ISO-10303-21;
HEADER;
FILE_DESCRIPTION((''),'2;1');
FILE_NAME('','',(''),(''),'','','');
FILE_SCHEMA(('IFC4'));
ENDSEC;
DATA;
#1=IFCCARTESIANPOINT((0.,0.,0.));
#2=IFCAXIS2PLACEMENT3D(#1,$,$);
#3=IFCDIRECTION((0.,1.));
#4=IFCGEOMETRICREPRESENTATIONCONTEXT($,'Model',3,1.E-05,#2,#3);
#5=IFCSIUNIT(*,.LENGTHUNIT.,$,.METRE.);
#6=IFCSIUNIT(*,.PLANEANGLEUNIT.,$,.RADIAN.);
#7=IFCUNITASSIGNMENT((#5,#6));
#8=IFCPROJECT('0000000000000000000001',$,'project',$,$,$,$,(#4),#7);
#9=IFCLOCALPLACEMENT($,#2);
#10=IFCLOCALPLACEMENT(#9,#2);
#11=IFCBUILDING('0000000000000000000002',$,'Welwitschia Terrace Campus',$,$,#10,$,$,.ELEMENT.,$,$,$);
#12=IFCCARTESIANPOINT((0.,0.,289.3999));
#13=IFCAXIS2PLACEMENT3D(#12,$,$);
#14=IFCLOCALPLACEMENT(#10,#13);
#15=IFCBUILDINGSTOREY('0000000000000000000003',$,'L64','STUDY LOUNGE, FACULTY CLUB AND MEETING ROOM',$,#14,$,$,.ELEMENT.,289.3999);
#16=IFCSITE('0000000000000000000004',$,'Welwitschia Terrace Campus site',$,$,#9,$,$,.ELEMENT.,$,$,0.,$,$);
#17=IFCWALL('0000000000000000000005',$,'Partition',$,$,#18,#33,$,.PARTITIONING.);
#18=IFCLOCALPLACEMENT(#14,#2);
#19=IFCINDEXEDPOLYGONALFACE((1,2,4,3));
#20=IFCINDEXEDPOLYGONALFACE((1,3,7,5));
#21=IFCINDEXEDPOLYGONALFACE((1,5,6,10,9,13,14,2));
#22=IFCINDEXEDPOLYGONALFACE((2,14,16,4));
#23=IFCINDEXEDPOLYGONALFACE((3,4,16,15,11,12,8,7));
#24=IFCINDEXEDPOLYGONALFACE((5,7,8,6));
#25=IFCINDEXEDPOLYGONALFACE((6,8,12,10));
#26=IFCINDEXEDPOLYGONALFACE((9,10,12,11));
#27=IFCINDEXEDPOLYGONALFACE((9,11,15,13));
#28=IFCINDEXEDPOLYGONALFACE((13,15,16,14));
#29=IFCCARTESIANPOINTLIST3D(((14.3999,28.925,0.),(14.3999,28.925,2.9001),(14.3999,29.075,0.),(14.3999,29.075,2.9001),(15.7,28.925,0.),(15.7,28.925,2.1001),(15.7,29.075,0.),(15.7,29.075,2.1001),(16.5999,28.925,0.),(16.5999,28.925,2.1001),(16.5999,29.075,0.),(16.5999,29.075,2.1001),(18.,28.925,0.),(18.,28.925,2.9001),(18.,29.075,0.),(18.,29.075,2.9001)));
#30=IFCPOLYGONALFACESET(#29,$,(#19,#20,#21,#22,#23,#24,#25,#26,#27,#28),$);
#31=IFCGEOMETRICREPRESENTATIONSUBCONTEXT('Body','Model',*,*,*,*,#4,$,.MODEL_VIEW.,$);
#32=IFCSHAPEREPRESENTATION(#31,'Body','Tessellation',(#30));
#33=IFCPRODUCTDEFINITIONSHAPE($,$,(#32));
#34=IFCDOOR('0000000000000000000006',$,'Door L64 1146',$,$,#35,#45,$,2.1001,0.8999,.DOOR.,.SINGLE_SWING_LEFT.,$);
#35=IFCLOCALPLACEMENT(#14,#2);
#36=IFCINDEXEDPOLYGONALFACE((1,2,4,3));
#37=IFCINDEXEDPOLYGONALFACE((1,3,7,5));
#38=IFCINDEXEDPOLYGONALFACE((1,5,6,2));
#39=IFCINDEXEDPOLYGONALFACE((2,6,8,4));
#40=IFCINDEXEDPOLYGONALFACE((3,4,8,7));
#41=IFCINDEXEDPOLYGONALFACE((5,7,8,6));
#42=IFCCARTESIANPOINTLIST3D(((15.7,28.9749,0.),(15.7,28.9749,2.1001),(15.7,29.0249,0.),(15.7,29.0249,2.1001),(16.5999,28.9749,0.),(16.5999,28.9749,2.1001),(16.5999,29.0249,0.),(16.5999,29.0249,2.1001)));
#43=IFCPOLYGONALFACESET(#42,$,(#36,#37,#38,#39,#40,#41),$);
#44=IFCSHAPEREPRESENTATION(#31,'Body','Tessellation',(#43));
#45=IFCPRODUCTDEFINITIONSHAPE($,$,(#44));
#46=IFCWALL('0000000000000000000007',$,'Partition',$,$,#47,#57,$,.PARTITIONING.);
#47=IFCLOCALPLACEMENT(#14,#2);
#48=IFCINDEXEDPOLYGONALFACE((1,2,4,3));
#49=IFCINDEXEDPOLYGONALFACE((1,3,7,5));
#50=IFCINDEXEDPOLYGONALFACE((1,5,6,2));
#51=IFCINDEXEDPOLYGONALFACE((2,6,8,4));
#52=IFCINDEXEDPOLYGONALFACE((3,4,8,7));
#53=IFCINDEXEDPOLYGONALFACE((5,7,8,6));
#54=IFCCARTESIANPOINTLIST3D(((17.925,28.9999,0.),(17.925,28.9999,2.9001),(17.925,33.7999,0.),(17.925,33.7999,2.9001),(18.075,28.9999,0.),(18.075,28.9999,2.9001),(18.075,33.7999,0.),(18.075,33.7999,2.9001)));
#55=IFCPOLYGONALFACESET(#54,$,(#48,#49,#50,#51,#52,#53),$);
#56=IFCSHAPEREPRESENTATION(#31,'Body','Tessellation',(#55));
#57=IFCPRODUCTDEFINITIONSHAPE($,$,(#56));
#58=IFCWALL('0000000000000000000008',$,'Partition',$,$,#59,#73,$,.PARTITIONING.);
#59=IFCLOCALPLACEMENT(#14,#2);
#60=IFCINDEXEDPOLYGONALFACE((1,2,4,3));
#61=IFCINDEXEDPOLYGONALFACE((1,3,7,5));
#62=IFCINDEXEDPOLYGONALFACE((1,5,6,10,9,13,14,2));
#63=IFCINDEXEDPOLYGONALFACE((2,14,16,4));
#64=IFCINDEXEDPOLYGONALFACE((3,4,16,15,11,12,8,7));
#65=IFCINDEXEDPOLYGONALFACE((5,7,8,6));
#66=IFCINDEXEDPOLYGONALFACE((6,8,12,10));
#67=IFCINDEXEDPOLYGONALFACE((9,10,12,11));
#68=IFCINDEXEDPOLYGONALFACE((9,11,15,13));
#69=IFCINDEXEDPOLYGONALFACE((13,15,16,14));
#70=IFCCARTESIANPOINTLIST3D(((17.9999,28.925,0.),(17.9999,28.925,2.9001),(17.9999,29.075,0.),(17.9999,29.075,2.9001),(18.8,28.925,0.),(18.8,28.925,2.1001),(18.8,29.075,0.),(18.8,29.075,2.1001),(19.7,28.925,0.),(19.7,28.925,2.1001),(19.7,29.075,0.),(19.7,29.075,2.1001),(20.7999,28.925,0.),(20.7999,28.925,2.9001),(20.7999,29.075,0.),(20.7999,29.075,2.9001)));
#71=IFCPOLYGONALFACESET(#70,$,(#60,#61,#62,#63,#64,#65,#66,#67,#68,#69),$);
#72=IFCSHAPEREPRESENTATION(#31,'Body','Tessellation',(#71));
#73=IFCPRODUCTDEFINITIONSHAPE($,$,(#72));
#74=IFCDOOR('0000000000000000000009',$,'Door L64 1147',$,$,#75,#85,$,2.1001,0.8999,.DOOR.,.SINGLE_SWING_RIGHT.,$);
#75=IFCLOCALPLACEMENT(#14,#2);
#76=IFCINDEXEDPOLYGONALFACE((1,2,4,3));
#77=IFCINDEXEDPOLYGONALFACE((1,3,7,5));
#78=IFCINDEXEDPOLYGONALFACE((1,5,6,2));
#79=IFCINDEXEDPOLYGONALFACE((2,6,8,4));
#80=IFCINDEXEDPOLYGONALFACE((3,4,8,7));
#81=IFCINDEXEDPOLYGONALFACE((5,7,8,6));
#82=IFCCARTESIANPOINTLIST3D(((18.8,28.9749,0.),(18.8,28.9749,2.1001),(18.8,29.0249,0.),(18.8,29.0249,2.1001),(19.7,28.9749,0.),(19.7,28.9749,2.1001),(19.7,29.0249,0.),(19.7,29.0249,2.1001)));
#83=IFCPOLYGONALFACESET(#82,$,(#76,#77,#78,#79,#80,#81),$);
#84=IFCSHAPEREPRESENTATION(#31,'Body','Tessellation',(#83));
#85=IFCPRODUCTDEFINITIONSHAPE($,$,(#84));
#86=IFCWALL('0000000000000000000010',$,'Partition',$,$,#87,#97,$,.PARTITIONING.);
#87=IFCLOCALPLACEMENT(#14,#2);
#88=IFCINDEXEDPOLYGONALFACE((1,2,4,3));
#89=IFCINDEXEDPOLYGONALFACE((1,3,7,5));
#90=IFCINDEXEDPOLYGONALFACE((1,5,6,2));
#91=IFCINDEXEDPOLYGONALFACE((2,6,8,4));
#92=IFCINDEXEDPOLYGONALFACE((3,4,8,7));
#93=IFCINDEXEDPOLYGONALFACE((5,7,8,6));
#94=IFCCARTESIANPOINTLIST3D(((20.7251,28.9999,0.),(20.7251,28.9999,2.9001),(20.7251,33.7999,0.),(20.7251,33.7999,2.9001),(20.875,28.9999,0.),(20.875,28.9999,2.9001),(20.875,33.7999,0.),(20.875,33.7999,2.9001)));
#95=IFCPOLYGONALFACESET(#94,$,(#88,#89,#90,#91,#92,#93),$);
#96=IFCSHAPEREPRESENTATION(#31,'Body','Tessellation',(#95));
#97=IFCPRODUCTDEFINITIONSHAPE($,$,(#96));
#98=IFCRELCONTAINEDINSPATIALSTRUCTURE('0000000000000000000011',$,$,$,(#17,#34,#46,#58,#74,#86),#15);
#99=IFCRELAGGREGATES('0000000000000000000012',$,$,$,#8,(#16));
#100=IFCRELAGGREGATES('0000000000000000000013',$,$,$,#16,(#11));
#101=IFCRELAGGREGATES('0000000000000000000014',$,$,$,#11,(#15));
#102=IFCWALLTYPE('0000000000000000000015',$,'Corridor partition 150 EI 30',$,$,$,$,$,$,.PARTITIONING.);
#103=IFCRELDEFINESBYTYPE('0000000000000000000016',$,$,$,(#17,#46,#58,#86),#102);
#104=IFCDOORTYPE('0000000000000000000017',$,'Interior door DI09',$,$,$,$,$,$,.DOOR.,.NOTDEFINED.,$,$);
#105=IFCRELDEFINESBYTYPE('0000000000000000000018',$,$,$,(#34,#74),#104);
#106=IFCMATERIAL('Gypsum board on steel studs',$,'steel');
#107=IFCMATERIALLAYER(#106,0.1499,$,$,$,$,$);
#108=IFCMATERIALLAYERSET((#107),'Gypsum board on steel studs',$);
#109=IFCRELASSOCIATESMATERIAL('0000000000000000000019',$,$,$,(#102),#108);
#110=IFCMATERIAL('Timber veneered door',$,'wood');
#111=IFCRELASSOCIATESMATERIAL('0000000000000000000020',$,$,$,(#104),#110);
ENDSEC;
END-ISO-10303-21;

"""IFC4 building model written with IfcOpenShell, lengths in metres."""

from ifc_helpers import new_model, si_unit, direction, frame, frame_2d, origin, place, context, subcontext, project, spatial, rectangle, extrude, material, layer, layer_set, type_object, element, fill, save


model = new_model("IFC4")

# Units and contexts
model_context = context("Model", 3, precision=1e-05, world=origin(), true_north=direction((0.0, 1.0)))
body_context = subcontext(model_context, "Body", "Model", "MODEL_VIEW")
ifc_project = project(units=[si_unit("LENGTHUNIT", "METRE"), si_unit("PLANEANGLEUNIT", "RADIAN")], contexts=[model_context])

# Site, building, storey
site_placement = place(None, origin())
site = spatial("IfcSite", under=ifc_project, at=site_placement, Name="Welwitschia Terrace Campus site", CompositionType="ELEMENT", RefElevation=0.0)
building_placement = place(site_placement, origin())
building = spatial("IfcBuilding", under=site, at=building_placement, Name="Welwitschia Terrace Campus", CompositionType="ELEMENT")
storey_placement = place(building_placement, frame((0.0, 0.0, 289.3999)))
storey = spatial("IfcBuildingStorey", under=building, at=storey_placement, Name="L64", Description="STUDY LOUNGE, FACULTY CLUB AND MEETING ROOM", CompositionType="ELEMENT", Elevation=289.3999)

# Shared definitions
ifc_material_1 = material(Name="Gypsum board on steel studs", Category="steel")
ifc_layer_1 = layer(ifc_material_1, 0.1499)
ifc_layer_set_1 = layer_set([ifc_layer_1], Name="Gypsum board on steel studs")
wall_type_1 = type_object("IfcWallType", Name="Corridor partition 150 EI 30", PredefinedType="PARTITIONING", material=ifc_layer_set_1)

# Wall, opening, door
wall_1_placement = place(storey_placement, frame((14.3999, 29.0, 0.0), z_axis=(0.0, 0.0, 1.0), x_axis=(1.0, 0.0, 0.0)))
wall_1 = element("IfcWall", 1, at=wall_1_placement, inside=storey, type_object=wall_type_1, Name="Partition", PredefinedType="PARTITIONING", context=body_context, shape_type="SweptSolid", body=[
    extrude(rectangle(XDim=3.6001, YDim=0.1499, at=frame_2d((1.8, 0.0))), origin(), (0.0, 0.0, 1.0), 2.9001),
])
opening_1_placement = place(wall_1_placement, frame((1.3, 0.0, 0.0)))
opening_1 = element("IfcOpeningElement", 2, at=opening_1_placement, cuts=wall_1, PredefinedType="OPENING", context=body_context, shape_type="SweptSolid", body=[
    extrude(rectangle(XDim=0.8999, YDim=2.1001, at=frame_2d((0.45, 1.05))), frame((0.0, 0.085, 0.0), z_axis=(0.0, -1.0, 0.0), x_axis=(1.0, 0.0, 0.0)), (0.0, 0.0, 1.0), 0.1699),
])
ifc_material_2 = material(Name="Timber veneered door", Category="wood")
door_type_1 = type_object("IfcDoorType", Name="Interior door DI09", OperationType="NOTDEFINED", PredefinedType="DOOR", material=ifc_material_2)
door_1_placement = place(opening_1_placement, origin())
door_1 = element("IfcDoor", 3, at=door_1_placement, inside=storey, type_object=door_type_1, Name="Door L64 1146", OperationType="SINGLE_SWING_LEFT", OverallHeight=2.1001, OverallWidth=0.8999, PredefinedType="DOOR", context=body_context, shape_type="SweptSolid", body=[
    extrude(rectangle(XDim=0.8999, YDim=2.1001, at=frame_2d((0.45, 1.05))), frame((0.0, 0.0249, 0.0), z_axis=(0.0, -1.0, 0.0), x_axis=(1.0, 0.0, 0.0)), (0.0, 0.0, 1.0), 0.05),
])
fill(opening_1, door_1)

# Wall
wall_2_placement = place(storey_placement, frame((18.0, 29.0, 0.0), z_axis=(0.0, 0.0, 1.0), x_axis=(0.0, 1.0, 0.0)))
element("IfcWall", 4, at=wall_2_placement, inside=storey, type_object=wall_type_1, Name="Partition", PredefinedType="PARTITIONING", context=body_context, shape_type="SweptSolid", body=[
    extrude(rectangle(XDim=4.8, YDim=0.1499, at=frame_2d((2.3999, 0.0))), origin(), (0.0, 0.0, 1.0), 2.9001),
])

# Wall, opening, door
wall_3_placement = place(storey_placement, frame((18.0, 29.0, 0.0), z_axis=(0.0, 0.0, 1.0), x_axis=(1.0, 0.0, 0.0)))
wall_3 = element("IfcWall", 5, at=wall_3_placement, inside=storey, type_object=wall_type_1, Name="Partition", PredefinedType="PARTITIONING", context=body_context, shape_type="SweptSolid", body=[
    extrude(rectangle(XDim=2.8, YDim=0.1499, at=frame_2d((1.3999, 0.0))), origin(), (0.0, 0.0, 1.0), 2.9001),
])
opening_2_placement = place(wall_3_placement, frame((0.8, 0.0, 0.0)))
opening_2 = element("IfcOpeningElement", 6, at=opening_2_placement, cuts=wall_3, PredefinedType="OPENING", context=body_context, shape_type="SweptSolid", body=[
    extrude(rectangle(XDim=0.8999, YDim=2.1001, at=frame_2d((0.45, 1.05))), frame((0.0, 0.085, 0.0), z_axis=(0.0, -1.0, 0.0), x_axis=(1.0, 0.0, 0.0)), (0.0, 0.0, 1.0), 0.1699),
])
door_2_placement = place(opening_2_placement, origin())
door_2 = element("IfcDoor", 7, at=door_2_placement, inside=storey, type_object=door_type_1, Name="Door L64 1147", OperationType="SINGLE_SWING_RIGHT", OverallHeight=2.1001, OverallWidth=0.8999, PredefinedType="DOOR", context=body_context, shape_type="SweptSolid", body=[
    extrude(rectangle(XDim=0.8999, YDim=2.1001, at=frame_2d((0.45, 1.05))), frame((0.0, 0.0249, 0.0), z_axis=(0.0, -1.0, 0.0), x_axis=(1.0, 0.0, 0.0)), (0.0, 0.0, 1.0), 0.05),
])
fill(opening_2, door_2)

# Wall
wall_4_placement = place(storey_placement, frame((20.8, 29.0, 0.0), z_axis=(0.0, 0.0, 1.0), x_axis=(0.0, 1.0, 0.0)))
element("IfcWall", 8, at=wall_4_placement, inside=storey, type_object=wall_type_1, Name="Partition", PredefinedType="PARTITIONING", context=body_context, shape_type="SweptSolid", body=[
    extrude(rectangle(XDim=4.8, YDim=0.1499, at=frame_2d((2.3999, 0.0))), origin(), (0.0, 0.0, 1.0), 2.9001),
])

save(model, "model.ifc")
